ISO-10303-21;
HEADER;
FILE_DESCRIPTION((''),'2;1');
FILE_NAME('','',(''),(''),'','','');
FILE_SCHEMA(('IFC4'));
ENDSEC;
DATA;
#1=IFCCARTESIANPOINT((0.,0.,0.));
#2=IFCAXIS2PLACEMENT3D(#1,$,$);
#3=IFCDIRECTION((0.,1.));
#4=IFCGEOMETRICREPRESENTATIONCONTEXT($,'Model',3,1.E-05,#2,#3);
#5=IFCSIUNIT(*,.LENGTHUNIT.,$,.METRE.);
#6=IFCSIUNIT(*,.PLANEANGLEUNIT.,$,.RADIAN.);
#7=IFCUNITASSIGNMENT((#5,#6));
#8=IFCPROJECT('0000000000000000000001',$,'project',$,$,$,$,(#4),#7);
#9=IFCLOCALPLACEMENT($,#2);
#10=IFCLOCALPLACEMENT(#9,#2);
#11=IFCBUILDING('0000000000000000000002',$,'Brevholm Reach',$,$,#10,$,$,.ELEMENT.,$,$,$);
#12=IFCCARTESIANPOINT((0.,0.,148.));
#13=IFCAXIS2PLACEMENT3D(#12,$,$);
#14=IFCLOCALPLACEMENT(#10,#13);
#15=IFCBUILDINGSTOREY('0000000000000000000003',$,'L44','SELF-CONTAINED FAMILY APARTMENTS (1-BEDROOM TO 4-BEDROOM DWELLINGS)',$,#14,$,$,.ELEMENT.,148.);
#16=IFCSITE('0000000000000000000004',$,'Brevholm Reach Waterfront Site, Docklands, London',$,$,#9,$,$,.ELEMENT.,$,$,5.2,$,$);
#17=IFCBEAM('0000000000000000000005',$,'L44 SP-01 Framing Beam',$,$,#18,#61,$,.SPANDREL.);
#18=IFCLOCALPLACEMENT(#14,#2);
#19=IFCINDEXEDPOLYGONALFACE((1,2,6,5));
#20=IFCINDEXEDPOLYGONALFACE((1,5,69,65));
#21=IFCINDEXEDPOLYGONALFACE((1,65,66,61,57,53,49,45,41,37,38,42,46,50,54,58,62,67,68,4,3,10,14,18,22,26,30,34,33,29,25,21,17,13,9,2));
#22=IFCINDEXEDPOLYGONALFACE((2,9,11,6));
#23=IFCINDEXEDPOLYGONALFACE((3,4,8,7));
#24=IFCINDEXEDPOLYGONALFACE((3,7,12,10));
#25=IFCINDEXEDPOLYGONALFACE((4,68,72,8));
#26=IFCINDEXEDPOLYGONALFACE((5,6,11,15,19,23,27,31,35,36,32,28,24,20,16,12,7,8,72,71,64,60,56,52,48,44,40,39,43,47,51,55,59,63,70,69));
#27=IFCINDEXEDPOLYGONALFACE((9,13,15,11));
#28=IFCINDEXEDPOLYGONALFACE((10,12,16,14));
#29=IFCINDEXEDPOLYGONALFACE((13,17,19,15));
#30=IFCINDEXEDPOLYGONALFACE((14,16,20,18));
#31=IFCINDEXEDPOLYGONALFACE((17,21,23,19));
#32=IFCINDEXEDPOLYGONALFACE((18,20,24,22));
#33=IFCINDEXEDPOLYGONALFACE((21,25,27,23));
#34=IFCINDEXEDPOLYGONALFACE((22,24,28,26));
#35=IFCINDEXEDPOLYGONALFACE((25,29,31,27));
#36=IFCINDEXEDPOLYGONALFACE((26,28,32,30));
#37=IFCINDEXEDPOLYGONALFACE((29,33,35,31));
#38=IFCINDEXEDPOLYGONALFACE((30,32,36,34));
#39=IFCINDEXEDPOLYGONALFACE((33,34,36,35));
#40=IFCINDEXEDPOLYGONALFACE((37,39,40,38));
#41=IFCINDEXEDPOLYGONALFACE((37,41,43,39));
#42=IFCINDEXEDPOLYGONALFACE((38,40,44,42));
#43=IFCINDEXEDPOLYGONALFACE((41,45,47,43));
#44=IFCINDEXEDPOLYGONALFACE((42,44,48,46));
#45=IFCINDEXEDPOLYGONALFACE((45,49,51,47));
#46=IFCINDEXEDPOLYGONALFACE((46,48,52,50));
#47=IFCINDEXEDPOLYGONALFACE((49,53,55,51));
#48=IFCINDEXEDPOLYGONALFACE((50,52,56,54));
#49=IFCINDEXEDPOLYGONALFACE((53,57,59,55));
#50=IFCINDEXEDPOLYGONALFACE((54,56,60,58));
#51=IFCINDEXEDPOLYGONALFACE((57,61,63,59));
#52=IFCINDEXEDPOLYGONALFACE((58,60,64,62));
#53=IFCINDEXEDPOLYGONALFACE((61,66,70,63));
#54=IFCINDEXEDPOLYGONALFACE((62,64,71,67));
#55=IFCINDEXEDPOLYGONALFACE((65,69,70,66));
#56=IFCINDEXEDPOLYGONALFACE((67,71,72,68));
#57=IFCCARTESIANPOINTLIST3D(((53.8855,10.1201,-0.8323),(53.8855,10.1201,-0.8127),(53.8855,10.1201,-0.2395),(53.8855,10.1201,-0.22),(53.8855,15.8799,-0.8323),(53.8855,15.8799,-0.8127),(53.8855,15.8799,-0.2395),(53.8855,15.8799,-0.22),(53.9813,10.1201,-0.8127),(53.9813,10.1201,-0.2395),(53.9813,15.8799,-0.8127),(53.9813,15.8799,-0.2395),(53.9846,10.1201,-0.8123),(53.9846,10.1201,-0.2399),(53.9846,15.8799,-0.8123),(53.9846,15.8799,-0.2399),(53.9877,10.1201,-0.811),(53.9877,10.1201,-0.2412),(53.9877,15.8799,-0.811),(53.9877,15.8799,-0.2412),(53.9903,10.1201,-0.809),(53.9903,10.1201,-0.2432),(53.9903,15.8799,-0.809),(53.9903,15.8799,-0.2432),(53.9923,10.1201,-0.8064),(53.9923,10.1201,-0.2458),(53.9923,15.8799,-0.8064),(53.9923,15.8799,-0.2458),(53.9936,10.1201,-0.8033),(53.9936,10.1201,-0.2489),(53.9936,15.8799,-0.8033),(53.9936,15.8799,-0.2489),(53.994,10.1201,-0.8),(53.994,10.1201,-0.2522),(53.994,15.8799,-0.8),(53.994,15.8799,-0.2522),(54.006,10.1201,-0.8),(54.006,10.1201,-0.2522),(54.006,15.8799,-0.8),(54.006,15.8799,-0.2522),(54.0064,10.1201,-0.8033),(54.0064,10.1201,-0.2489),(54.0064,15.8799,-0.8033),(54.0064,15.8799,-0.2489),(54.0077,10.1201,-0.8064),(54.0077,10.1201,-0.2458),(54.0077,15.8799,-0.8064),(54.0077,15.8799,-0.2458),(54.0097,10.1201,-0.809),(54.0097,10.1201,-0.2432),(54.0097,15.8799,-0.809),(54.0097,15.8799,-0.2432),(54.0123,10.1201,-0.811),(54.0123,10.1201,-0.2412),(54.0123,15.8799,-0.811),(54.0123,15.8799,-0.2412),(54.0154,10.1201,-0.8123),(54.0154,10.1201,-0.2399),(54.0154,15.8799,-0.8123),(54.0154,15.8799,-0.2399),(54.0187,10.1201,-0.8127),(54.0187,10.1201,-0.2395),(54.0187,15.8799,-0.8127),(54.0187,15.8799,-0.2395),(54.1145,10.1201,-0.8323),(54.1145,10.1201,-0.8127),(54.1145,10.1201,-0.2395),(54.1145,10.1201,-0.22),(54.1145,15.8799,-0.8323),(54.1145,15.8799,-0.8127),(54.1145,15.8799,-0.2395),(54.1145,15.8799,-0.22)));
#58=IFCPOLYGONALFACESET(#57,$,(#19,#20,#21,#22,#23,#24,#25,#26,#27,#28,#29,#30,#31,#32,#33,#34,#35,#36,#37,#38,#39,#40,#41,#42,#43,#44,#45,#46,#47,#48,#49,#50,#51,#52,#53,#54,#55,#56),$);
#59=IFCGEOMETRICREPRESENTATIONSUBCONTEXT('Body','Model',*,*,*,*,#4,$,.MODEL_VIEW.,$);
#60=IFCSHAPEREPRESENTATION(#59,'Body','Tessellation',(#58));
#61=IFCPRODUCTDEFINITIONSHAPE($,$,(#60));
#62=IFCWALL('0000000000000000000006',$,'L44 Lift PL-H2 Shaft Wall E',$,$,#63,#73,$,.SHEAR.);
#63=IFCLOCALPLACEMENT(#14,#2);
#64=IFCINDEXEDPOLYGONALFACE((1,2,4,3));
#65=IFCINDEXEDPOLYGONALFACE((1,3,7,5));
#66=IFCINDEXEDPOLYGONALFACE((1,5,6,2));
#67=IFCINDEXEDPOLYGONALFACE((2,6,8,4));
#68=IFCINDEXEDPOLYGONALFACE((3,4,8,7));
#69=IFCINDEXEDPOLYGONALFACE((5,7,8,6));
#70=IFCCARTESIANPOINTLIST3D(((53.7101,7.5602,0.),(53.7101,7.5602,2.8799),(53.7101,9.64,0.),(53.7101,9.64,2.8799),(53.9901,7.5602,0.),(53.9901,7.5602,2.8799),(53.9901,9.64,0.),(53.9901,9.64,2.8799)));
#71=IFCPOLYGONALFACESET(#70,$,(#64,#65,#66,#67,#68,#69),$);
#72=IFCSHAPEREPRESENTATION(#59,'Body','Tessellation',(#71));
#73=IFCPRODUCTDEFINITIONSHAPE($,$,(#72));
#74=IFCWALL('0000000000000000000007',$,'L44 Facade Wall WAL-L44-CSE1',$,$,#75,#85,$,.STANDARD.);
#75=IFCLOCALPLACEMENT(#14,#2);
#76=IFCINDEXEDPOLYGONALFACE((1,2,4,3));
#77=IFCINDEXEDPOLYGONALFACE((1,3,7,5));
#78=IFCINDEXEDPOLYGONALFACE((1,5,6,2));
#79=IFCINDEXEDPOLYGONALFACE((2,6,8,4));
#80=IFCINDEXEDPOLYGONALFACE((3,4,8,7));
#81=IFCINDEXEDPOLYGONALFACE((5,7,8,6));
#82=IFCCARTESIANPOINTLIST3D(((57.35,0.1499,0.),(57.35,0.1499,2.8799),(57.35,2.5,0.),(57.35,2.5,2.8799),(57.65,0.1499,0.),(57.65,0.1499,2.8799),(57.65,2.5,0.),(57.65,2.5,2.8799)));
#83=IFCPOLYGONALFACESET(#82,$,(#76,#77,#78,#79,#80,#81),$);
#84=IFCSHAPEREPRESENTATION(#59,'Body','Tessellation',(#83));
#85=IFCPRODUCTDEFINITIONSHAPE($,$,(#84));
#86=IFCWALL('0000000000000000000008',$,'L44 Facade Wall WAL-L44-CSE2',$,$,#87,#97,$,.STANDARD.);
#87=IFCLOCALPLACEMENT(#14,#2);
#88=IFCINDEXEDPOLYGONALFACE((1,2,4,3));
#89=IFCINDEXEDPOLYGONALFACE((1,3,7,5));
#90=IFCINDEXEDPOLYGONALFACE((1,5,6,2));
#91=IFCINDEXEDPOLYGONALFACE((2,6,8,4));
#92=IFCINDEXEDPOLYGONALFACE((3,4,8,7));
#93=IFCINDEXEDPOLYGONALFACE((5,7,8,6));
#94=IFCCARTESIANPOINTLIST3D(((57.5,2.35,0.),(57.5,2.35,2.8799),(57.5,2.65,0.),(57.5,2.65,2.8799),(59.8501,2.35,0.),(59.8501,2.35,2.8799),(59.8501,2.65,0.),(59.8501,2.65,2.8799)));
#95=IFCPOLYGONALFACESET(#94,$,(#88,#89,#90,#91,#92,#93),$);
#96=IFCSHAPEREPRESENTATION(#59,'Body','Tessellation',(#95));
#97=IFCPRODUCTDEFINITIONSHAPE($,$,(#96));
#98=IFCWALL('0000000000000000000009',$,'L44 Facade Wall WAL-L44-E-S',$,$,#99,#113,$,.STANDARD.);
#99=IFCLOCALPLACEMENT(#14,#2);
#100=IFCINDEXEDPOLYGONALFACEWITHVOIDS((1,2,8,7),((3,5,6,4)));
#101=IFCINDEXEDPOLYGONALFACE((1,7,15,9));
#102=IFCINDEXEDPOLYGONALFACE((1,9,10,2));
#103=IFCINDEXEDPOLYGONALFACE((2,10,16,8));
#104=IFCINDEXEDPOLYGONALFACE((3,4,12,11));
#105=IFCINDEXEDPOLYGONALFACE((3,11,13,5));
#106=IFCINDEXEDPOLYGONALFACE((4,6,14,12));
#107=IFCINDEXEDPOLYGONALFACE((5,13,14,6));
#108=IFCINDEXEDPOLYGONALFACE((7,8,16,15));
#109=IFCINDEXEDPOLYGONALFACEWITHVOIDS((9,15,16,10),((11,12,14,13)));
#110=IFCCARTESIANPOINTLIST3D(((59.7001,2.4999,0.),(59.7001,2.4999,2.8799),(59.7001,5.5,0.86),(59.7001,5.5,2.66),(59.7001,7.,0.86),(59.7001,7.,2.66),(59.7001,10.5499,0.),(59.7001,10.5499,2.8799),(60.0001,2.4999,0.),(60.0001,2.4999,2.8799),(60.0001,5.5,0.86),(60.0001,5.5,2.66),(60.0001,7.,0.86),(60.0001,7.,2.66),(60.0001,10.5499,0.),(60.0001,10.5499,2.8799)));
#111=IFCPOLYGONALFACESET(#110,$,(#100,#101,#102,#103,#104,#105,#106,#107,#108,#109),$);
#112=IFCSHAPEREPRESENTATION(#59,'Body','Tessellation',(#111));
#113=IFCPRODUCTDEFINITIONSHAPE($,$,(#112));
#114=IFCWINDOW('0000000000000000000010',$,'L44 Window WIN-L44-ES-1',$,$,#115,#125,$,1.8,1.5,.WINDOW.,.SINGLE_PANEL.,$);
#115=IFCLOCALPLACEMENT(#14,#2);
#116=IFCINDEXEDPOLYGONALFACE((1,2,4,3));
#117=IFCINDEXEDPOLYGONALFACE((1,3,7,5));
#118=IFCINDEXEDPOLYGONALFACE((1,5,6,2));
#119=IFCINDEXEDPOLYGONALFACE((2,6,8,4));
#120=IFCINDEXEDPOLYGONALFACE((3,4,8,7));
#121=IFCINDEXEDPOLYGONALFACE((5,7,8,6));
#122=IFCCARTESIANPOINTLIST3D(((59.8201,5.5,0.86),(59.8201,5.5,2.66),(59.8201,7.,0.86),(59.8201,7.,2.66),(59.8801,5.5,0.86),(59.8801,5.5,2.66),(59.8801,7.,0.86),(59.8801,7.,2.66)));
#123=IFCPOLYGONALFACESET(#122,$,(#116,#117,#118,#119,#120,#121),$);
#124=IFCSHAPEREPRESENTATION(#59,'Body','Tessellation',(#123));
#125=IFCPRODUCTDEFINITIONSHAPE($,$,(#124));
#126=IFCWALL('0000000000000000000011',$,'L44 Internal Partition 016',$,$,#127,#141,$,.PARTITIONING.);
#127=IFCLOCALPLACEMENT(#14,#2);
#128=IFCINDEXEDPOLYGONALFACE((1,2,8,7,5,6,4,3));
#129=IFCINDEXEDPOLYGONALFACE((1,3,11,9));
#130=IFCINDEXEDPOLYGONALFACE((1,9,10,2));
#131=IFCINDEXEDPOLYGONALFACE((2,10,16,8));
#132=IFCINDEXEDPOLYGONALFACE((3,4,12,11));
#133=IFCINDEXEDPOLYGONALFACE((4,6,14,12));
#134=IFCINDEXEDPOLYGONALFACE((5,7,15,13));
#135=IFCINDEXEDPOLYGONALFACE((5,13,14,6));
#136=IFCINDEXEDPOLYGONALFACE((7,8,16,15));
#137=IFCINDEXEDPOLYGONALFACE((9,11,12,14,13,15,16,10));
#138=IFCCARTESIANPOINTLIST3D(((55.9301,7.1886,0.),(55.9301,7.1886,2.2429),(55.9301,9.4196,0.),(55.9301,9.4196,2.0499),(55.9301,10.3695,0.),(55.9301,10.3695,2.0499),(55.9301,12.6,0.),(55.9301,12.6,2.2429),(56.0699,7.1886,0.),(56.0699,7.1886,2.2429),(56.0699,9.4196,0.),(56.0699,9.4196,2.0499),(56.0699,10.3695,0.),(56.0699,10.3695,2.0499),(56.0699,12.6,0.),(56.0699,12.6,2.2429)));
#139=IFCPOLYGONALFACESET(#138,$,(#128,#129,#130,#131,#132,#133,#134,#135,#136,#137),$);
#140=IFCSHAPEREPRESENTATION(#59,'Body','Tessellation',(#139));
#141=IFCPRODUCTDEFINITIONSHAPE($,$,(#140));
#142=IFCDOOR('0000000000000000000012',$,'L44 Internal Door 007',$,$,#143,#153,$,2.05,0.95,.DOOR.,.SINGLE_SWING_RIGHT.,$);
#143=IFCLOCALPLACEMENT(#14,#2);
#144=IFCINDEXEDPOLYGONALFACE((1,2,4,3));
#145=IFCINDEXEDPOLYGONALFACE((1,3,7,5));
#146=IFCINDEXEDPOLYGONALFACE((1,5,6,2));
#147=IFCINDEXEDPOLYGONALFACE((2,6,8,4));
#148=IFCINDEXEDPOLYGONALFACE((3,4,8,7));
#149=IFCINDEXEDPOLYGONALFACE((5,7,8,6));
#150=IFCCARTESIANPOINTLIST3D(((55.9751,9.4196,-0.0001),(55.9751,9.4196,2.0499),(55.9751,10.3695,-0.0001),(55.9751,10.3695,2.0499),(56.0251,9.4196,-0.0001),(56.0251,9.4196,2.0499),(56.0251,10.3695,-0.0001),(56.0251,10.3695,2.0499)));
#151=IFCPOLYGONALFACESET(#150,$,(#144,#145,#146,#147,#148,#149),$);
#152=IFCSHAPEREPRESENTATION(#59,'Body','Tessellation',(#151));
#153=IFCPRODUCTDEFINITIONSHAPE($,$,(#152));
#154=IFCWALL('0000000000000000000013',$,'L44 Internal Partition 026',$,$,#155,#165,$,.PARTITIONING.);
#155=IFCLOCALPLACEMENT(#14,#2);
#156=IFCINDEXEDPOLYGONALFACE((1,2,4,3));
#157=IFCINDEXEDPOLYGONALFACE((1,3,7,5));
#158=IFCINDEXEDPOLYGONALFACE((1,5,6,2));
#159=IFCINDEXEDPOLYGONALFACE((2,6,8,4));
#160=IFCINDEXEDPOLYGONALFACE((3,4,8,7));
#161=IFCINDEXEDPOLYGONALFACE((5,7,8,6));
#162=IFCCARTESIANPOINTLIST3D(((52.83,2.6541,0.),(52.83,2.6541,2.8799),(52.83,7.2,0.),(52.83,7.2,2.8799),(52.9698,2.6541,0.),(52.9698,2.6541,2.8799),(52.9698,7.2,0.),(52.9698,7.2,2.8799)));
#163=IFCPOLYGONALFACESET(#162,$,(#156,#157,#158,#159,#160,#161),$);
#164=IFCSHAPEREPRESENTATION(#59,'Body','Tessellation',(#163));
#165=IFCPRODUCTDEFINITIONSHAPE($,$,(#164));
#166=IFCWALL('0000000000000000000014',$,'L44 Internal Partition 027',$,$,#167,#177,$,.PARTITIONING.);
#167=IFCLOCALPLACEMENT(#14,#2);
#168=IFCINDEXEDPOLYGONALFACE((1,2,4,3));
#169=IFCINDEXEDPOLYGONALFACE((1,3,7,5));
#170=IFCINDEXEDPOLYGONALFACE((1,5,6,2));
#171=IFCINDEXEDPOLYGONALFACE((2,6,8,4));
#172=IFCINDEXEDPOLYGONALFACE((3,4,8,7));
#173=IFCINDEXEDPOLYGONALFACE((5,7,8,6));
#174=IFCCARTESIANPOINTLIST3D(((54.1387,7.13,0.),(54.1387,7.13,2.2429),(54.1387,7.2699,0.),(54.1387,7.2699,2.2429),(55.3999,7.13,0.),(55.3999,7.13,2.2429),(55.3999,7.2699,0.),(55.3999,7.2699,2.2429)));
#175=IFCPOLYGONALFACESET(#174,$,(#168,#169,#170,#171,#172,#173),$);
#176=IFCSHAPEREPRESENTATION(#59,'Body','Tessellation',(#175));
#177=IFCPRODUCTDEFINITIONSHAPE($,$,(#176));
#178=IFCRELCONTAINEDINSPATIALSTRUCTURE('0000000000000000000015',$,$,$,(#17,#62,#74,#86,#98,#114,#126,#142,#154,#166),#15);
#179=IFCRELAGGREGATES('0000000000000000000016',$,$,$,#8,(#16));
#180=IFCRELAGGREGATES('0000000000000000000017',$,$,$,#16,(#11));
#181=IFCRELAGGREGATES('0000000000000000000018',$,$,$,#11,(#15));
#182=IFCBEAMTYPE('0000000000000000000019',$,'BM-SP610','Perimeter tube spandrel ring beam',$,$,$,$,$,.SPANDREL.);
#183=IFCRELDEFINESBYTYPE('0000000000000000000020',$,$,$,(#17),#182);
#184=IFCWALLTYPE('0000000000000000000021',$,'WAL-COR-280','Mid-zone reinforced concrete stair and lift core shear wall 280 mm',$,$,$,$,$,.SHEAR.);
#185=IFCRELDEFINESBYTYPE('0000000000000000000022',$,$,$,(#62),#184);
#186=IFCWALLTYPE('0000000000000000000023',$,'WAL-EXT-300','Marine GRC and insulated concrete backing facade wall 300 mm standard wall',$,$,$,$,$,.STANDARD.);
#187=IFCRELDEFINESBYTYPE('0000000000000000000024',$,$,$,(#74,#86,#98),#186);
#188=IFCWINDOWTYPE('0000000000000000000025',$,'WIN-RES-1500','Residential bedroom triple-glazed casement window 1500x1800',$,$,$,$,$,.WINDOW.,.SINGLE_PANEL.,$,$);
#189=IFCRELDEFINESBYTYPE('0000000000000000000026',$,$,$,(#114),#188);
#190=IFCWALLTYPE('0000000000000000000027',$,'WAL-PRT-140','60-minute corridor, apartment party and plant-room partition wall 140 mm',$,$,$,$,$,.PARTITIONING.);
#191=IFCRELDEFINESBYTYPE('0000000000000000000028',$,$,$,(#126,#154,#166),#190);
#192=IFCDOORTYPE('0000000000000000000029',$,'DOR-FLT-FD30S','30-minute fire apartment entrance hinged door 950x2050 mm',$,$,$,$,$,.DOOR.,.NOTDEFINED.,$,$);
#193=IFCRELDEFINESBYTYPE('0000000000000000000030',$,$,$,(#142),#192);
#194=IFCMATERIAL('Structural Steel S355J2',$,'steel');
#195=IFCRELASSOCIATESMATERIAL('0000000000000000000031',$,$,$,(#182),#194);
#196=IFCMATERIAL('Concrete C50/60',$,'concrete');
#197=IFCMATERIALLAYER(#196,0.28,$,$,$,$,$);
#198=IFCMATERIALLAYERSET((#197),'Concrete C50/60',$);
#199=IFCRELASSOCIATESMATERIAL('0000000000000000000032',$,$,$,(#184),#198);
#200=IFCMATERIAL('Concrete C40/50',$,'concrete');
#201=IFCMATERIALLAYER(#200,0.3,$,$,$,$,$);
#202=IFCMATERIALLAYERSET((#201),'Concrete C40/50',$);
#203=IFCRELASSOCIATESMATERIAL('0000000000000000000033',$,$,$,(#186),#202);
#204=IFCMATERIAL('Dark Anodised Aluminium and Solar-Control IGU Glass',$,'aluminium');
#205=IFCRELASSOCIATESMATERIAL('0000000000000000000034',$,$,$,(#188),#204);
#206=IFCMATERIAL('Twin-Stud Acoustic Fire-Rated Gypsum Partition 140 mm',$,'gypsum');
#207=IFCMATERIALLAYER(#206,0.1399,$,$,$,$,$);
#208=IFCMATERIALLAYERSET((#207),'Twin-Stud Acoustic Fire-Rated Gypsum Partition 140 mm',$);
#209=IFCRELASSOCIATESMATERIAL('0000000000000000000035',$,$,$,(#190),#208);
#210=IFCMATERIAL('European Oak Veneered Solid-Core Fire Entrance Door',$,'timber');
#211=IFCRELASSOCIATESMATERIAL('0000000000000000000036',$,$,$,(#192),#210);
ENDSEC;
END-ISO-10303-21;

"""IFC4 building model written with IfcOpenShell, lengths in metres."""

from ifc_helpers import new_model, si_unit, direction, frame, frame_2d, origin, origin_2d, place, context, subcontext, project, spatial, rectangle, i_section, extrude, material, layer, layer_set, material_profile, profile_set, type_object, element, fill, save


model = new_model("IFC4")

# Units and contexts
model_context = context("Model", 3, precision=1e-05, world=origin(), true_north=direction((0.0, 1.0)))
body_context = subcontext(model_context, "Body", "Model", "MODEL_VIEW")
ifc_project = project(units=[si_unit("LENGTHUNIT", "METRE"), si_unit("PLANEANGLEUNIT", "RADIAN")], contexts=[model_context])

# Site, building, storey
site_placement = place(None, origin())
site = spatial("IfcSite", under=ifc_project, at=site_placement, Name="Brevholm Reach Waterfront Site, Docklands, London", CompositionType="ELEMENT", RefElevation=5.2)
building_placement = place(site_placement, origin())
building = spatial("IfcBuilding", under=site, at=building_placement, Name="Brevholm Reach", CompositionType="ELEMENT")
storey_placement = place(building_placement, frame((0.0, 0.0, 148.0)))
storey = spatial("IfcBuildingStorey", under=building, at=storey_placement, Name="L44", Description="SELF-CONTAINED FAMILY APARTMENTS (1-BEDROOM TO 4-BEDROOM DWELLINGS)", CompositionType="ELEMENT", Elevation=148.0)

# Beam
ifc_material_1 = material(Name="Structural Steel S355J2", Category="steel")
ifc_material_profile_1 = material_profile(ifc_material_1, i_section(OverallWidth=0.229, OverallDepth=0.6123, WebThickness=0.012, FlangeThickness=0.0195, FilletRadius=0.0127, at=origin_2d()), Name="UKB 610x229x125")
ifc_profile_set_1 = profile_set([ifc_material_profile_1], Name="Structural Steel S355J2")
beam_type_1 = type_object("IfcBeamType", Name="BM-SP610", Description="Perimeter tube spandrel ring beam", PredefinedType="SPANDREL", material=ifc_profile_set_1)
beam_1_placement = place(storey_placement, frame((54.0, 10.1201, -0.5261), z_axis=(0.0, 1.0, 0.0), x_axis=(-1.0, 0.0, 0.0)))
element("IfcBeam", 1, at=beam_1_placement, inside=storey, type_object=beam_type_1, Name="L44 SP-01 Framing Beam", PredefinedType="SPANDREL", context=body_context, shape_type="SweptSolid", body=[
    extrude(i_section(OverallWidth=0.229, OverallDepth=0.6123, WebThickness=0.012, FlangeThickness=0.0195, FilletRadius=0.0127, at=origin_2d()), origin(), (0.0, 0.0, 1.0), 5.7598),
])

# Walls
ifc_material_2 = material(Name="Concrete C50/60", Category="concrete")
ifc_layer_1 = layer(ifc_material_2, 0.28)
ifc_layer_set_1 = layer_set([ifc_layer_1], Name="Concrete C50/60")
wall_type_1 = type_object("IfcWallType", Name="WAL-COR-280", Description="Mid-zone reinforced concrete stair and lift core shear wall 280 mm", PredefinedType="SHEAR", material=ifc_layer_set_1)
wall_1_placement = place(storey_placement, frame((53.8501, 7.5601, 0.0), z_axis=(0.0, 0.0, 1.0), x_axis=(0.0, 1.0, 0.0)))
element("IfcWall", 2, at=wall_1_placement, inside=storey, type_object=wall_type_1, Name="L44 Lift PL-H2 Shaft Wall E", PredefinedType="SHEAR", context=body_context, shape_type="SweptSolid", body=[
    extrude(rectangle(XDim=2.0798, YDim=0.28, at=frame_2d((1.04, 0.0))), origin(), (0.0, 0.0, 1.0), 2.8799),
])
ifc_material_3 = material(Name="Concrete C40/50", Category="concrete")
ifc_layer_2 = layer(ifc_material_3, 0.3)
ifc_layer_set_2 = layer_set([ifc_layer_2], Name="Concrete C40/50")
wall_type_2 = type_object("IfcWallType", Name="WAL-EXT-300", Description="Marine GRC and insulated concrete backing facade wall 300 mm standard wall", PredefinedType="STANDARD", material=ifc_layer_set_2)
for number, where, z_axis, x_axis, name in (
    (3, (57.5, 0.1499, 0.0), (0.0, 0.0, 1.0), (0.0, 1.0, 0.0), "L44 Facade Wall WAL-L44-CSE1"),
    (4, (57.5, 2.5, 0.0), (0.0, 0.0, 1.0), (1.0, 0.0, 0.0), "L44 Facade Wall WAL-L44-CSE2"),
):
    element("IfcWall", number, at=place(storey_placement, frame(where, z_axis=z_axis, x_axis=x_axis)), inside=storey, type_object=wall_type_2, Name=name, PredefinedType="STANDARD", context=body_context, shape_type="SweptSolid", body=[
        extrude(rectangle(XDim=2.3501, YDim=0.3, at=frame_2d((1.175, 0.0))), origin(), (0.0, 0.0, 1.0), 2.8799),
    ])

# Wall, opening, window
wall_2_placement = place(storey_placement, frame((59.8501, 2.5, 0.0), z_axis=(0.0, 0.0, 1.0), x_axis=(0.0, 1.0, 0.0)))
wall_2 = element("IfcWall", 5, at=wall_2_placement, inside=storey, type_object=wall_type_2, Name="L44 Facade Wall WAL-L44-E-S", PredefinedType="STANDARD", context=body_context, shape_type="SweptSolid", body=[
    extrude(rectangle(XDim=8.05, YDim=0.3, at=frame_2d((4.0249, 0.0))), origin(), (0.0, 0.0, 1.0), 2.8799),
])
opening_1_placement = place(wall_2_placement, frame((3.0, 0.0, 0.8601)))
opening_1 = element("IfcOpeningElement", 6, at=opening_1_placement, cuts=wall_2, PredefinedType="OPENING", context=body_context, shape_type="SweptSolid", body=[
    extrude(rectangle(XDim=1.5, YDim=1.8, at=frame_2d((0.75, 0.8999))), frame((0.0, 0.1599, 0.0), z_axis=(0.0, -1.0, 0.0), x_axis=(1.0, 0.0, 0.0)), (0.0, 0.0, 1.0), 0.3201),
])
ifc_material_4 = material(Name="Dark Anodised Aluminium and Solar-Control IGU Glass", Category="aluminium")
window_type = type_object("IfcWindowType", Name="WIN-RES-1500", Description="Residential bedroom triple-glazed casement window 1500x1800", PartitioningType="SINGLE_PANEL", PredefinedType="WINDOW", material=ifc_material_4)
window_placement = place(opening_1_placement, origin())
window = element("IfcWindow", 7, at=window_placement, inside=storey, type_object=window_type, Name="L44 Window WIN-L44-ES-1", OverallHeight=1.8, OverallWidth=1.5, PartitioningType="SINGLE_PANEL", PredefinedType="WINDOW", context=body_context, shape_type="SweptSolid", body=[
    extrude(rectangle(XDim=1.5, YDim=1.8, at=frame_2d((0.75, 0.8999))), frame((0.0, 0.03, 0.0), z_axis=(0.0, -1.0, 0.0), x_axis=(1.0, 0.0, 0.0)), (0.0, 0.0, 1.0), 0.0601),
])
fill(opening_1, window)

# Wall, opening, door
ifc_material_5 = material(Name="Twin-Stud Acoustic Fire-Rated Gypsum Partition 140 mm", Category="gypsum")
ifc_layer_3 = layer(ifc_material_5, 0.1399)
ifc_layer_set_3 = layer_set([ifc_layer_3], Name="Twin-Stud Acoustic Fire-Rated Gypsum Partition 140 mm")
wall_type_3 = type_object("IfcWallType", Name="WAL-PRT-140", Description="60-minute corridor, apartment party and plant-room partition wall 140 mm", PredefinedType="PARTITIONING", material=ifc_layer_set_3)
wall_3_placement = place(storey_placement, frame((56.0, 7.1887, 0.0), z_axis=(0.0, 0.0, 1.0), x_axis=(0.0, 1.0, 0.0)))
wall_3 = element("IfcWall", 8, at=wall_3_placement, inside=storey, type_object=wall_type_3, Name="L44 Internal Partition 016", PredefinedType="PARTITIONING", context=body_context, shape_type="SweptSolid", body=[
    extrude(rectangle(XDim=5.4114, YDim=0.1399, at=frame_2d((2.7056, 0.0))), origin(), (0.0, 0.0, 1.0), 2.2429),
])
opening_2_placement = place(wall_3_placement, frame((2.2307, 0.0, 0.0)))
opening_2 = element("IfcOpeningElement", 9, at=opening_2_placement, cuts=wall_3, PredefinedType="OPENING", context=body_context, shape_type="SweptSolid", body=[
    extrude(rectangle(XDim=0.95, YDim=2.05, at=frame_2d((0.4751, 1.0249))), frame((0.0, 0.0798, 0.0), z_axis=(0.0, -1.0, 0.0), x_axis=(1.0, 0.0, 0.0)), (0.0, 0.0, 1.0), 0.1599),
])
ifc_material_6 = material(Name="European Oak Veneered Solid-Core Fire Entrance Door", Category="timber")
door_type = type_object("IfcDoorType", Name="DOR-FLT-FD30S", Description="30-minute fire apartment entrance hinged door 950x2050 mm", OperationType="NOTDEFINED", PredefinedType="DOOR", material=ifc_material_6)
door_placement = place(opening_2_placement, origin())
door = element("IfcDoor", 10, at=door_placement, inside=storey, type_object=door_type, Name="L44 Internal Door 007", OperationType="SINGLE_SWING_RIGHT", OverallHeight=2.05, OverallWidth=0.95, PredefinedType="DOOR", context=body_context, shape_type="SweptSolid", body=[
    extrude(rectangle(XDim=0.95, YDim=2.05, at=frame_2d((0.4751, 1.0249))), frame((0.0, 0.0249, 0.0), z_axis=(0.0, -1.0, 0.0), x_axis=(1.0, 0.0, 0.0)), (0.0, 0.0, 1.0), 0.05),
])
fill(opening_2, door)

# Walls
wall_4_placement = place(storey_placement, frame((52.8999, 2.6541, 0.0), z_axis=(0.0, 0.0, 1.0), x_axis=(0.0, 1.0, 0.0)))
element("IfcWall", 11, at=wall_4_placement, inside=storey, type_object=wall_type_3, Name="L44 Internal Partition 026", PredefinedType="PARTITIONING", context=body_context, shape_type="SweptSolid", body=[
    extrude(rectangle(XDim=4.5459, YDim=0.1399, at=frame_2d((2.2729, 0.0))), origin(), (0.0, 0.0, 1.0), 2.8799),
])
wall_5_placement = place(storey_placement, frame((54.1387, 7.2, 0.0), z_axis=(0.0, 0.0, 1.0), x_axis=(1.0, 0.0, 0.0)))
element("IfcWall", 12, at=wall_5_placement, inside=storey, type_object=wall_type_3, Name="L44 Internal Partition 027", PredefinedType="PARTITIONING", context=body_context, shape_type="SweptSolid", body=[
    extrude(rectangle(XDim=1.2612, YDim=0.1399, at=frame_2d((0.6306, 0.0))), origin(), (0.0, 0.0, 1.0), 2.2429),
])

save(model, "model.ifc")
